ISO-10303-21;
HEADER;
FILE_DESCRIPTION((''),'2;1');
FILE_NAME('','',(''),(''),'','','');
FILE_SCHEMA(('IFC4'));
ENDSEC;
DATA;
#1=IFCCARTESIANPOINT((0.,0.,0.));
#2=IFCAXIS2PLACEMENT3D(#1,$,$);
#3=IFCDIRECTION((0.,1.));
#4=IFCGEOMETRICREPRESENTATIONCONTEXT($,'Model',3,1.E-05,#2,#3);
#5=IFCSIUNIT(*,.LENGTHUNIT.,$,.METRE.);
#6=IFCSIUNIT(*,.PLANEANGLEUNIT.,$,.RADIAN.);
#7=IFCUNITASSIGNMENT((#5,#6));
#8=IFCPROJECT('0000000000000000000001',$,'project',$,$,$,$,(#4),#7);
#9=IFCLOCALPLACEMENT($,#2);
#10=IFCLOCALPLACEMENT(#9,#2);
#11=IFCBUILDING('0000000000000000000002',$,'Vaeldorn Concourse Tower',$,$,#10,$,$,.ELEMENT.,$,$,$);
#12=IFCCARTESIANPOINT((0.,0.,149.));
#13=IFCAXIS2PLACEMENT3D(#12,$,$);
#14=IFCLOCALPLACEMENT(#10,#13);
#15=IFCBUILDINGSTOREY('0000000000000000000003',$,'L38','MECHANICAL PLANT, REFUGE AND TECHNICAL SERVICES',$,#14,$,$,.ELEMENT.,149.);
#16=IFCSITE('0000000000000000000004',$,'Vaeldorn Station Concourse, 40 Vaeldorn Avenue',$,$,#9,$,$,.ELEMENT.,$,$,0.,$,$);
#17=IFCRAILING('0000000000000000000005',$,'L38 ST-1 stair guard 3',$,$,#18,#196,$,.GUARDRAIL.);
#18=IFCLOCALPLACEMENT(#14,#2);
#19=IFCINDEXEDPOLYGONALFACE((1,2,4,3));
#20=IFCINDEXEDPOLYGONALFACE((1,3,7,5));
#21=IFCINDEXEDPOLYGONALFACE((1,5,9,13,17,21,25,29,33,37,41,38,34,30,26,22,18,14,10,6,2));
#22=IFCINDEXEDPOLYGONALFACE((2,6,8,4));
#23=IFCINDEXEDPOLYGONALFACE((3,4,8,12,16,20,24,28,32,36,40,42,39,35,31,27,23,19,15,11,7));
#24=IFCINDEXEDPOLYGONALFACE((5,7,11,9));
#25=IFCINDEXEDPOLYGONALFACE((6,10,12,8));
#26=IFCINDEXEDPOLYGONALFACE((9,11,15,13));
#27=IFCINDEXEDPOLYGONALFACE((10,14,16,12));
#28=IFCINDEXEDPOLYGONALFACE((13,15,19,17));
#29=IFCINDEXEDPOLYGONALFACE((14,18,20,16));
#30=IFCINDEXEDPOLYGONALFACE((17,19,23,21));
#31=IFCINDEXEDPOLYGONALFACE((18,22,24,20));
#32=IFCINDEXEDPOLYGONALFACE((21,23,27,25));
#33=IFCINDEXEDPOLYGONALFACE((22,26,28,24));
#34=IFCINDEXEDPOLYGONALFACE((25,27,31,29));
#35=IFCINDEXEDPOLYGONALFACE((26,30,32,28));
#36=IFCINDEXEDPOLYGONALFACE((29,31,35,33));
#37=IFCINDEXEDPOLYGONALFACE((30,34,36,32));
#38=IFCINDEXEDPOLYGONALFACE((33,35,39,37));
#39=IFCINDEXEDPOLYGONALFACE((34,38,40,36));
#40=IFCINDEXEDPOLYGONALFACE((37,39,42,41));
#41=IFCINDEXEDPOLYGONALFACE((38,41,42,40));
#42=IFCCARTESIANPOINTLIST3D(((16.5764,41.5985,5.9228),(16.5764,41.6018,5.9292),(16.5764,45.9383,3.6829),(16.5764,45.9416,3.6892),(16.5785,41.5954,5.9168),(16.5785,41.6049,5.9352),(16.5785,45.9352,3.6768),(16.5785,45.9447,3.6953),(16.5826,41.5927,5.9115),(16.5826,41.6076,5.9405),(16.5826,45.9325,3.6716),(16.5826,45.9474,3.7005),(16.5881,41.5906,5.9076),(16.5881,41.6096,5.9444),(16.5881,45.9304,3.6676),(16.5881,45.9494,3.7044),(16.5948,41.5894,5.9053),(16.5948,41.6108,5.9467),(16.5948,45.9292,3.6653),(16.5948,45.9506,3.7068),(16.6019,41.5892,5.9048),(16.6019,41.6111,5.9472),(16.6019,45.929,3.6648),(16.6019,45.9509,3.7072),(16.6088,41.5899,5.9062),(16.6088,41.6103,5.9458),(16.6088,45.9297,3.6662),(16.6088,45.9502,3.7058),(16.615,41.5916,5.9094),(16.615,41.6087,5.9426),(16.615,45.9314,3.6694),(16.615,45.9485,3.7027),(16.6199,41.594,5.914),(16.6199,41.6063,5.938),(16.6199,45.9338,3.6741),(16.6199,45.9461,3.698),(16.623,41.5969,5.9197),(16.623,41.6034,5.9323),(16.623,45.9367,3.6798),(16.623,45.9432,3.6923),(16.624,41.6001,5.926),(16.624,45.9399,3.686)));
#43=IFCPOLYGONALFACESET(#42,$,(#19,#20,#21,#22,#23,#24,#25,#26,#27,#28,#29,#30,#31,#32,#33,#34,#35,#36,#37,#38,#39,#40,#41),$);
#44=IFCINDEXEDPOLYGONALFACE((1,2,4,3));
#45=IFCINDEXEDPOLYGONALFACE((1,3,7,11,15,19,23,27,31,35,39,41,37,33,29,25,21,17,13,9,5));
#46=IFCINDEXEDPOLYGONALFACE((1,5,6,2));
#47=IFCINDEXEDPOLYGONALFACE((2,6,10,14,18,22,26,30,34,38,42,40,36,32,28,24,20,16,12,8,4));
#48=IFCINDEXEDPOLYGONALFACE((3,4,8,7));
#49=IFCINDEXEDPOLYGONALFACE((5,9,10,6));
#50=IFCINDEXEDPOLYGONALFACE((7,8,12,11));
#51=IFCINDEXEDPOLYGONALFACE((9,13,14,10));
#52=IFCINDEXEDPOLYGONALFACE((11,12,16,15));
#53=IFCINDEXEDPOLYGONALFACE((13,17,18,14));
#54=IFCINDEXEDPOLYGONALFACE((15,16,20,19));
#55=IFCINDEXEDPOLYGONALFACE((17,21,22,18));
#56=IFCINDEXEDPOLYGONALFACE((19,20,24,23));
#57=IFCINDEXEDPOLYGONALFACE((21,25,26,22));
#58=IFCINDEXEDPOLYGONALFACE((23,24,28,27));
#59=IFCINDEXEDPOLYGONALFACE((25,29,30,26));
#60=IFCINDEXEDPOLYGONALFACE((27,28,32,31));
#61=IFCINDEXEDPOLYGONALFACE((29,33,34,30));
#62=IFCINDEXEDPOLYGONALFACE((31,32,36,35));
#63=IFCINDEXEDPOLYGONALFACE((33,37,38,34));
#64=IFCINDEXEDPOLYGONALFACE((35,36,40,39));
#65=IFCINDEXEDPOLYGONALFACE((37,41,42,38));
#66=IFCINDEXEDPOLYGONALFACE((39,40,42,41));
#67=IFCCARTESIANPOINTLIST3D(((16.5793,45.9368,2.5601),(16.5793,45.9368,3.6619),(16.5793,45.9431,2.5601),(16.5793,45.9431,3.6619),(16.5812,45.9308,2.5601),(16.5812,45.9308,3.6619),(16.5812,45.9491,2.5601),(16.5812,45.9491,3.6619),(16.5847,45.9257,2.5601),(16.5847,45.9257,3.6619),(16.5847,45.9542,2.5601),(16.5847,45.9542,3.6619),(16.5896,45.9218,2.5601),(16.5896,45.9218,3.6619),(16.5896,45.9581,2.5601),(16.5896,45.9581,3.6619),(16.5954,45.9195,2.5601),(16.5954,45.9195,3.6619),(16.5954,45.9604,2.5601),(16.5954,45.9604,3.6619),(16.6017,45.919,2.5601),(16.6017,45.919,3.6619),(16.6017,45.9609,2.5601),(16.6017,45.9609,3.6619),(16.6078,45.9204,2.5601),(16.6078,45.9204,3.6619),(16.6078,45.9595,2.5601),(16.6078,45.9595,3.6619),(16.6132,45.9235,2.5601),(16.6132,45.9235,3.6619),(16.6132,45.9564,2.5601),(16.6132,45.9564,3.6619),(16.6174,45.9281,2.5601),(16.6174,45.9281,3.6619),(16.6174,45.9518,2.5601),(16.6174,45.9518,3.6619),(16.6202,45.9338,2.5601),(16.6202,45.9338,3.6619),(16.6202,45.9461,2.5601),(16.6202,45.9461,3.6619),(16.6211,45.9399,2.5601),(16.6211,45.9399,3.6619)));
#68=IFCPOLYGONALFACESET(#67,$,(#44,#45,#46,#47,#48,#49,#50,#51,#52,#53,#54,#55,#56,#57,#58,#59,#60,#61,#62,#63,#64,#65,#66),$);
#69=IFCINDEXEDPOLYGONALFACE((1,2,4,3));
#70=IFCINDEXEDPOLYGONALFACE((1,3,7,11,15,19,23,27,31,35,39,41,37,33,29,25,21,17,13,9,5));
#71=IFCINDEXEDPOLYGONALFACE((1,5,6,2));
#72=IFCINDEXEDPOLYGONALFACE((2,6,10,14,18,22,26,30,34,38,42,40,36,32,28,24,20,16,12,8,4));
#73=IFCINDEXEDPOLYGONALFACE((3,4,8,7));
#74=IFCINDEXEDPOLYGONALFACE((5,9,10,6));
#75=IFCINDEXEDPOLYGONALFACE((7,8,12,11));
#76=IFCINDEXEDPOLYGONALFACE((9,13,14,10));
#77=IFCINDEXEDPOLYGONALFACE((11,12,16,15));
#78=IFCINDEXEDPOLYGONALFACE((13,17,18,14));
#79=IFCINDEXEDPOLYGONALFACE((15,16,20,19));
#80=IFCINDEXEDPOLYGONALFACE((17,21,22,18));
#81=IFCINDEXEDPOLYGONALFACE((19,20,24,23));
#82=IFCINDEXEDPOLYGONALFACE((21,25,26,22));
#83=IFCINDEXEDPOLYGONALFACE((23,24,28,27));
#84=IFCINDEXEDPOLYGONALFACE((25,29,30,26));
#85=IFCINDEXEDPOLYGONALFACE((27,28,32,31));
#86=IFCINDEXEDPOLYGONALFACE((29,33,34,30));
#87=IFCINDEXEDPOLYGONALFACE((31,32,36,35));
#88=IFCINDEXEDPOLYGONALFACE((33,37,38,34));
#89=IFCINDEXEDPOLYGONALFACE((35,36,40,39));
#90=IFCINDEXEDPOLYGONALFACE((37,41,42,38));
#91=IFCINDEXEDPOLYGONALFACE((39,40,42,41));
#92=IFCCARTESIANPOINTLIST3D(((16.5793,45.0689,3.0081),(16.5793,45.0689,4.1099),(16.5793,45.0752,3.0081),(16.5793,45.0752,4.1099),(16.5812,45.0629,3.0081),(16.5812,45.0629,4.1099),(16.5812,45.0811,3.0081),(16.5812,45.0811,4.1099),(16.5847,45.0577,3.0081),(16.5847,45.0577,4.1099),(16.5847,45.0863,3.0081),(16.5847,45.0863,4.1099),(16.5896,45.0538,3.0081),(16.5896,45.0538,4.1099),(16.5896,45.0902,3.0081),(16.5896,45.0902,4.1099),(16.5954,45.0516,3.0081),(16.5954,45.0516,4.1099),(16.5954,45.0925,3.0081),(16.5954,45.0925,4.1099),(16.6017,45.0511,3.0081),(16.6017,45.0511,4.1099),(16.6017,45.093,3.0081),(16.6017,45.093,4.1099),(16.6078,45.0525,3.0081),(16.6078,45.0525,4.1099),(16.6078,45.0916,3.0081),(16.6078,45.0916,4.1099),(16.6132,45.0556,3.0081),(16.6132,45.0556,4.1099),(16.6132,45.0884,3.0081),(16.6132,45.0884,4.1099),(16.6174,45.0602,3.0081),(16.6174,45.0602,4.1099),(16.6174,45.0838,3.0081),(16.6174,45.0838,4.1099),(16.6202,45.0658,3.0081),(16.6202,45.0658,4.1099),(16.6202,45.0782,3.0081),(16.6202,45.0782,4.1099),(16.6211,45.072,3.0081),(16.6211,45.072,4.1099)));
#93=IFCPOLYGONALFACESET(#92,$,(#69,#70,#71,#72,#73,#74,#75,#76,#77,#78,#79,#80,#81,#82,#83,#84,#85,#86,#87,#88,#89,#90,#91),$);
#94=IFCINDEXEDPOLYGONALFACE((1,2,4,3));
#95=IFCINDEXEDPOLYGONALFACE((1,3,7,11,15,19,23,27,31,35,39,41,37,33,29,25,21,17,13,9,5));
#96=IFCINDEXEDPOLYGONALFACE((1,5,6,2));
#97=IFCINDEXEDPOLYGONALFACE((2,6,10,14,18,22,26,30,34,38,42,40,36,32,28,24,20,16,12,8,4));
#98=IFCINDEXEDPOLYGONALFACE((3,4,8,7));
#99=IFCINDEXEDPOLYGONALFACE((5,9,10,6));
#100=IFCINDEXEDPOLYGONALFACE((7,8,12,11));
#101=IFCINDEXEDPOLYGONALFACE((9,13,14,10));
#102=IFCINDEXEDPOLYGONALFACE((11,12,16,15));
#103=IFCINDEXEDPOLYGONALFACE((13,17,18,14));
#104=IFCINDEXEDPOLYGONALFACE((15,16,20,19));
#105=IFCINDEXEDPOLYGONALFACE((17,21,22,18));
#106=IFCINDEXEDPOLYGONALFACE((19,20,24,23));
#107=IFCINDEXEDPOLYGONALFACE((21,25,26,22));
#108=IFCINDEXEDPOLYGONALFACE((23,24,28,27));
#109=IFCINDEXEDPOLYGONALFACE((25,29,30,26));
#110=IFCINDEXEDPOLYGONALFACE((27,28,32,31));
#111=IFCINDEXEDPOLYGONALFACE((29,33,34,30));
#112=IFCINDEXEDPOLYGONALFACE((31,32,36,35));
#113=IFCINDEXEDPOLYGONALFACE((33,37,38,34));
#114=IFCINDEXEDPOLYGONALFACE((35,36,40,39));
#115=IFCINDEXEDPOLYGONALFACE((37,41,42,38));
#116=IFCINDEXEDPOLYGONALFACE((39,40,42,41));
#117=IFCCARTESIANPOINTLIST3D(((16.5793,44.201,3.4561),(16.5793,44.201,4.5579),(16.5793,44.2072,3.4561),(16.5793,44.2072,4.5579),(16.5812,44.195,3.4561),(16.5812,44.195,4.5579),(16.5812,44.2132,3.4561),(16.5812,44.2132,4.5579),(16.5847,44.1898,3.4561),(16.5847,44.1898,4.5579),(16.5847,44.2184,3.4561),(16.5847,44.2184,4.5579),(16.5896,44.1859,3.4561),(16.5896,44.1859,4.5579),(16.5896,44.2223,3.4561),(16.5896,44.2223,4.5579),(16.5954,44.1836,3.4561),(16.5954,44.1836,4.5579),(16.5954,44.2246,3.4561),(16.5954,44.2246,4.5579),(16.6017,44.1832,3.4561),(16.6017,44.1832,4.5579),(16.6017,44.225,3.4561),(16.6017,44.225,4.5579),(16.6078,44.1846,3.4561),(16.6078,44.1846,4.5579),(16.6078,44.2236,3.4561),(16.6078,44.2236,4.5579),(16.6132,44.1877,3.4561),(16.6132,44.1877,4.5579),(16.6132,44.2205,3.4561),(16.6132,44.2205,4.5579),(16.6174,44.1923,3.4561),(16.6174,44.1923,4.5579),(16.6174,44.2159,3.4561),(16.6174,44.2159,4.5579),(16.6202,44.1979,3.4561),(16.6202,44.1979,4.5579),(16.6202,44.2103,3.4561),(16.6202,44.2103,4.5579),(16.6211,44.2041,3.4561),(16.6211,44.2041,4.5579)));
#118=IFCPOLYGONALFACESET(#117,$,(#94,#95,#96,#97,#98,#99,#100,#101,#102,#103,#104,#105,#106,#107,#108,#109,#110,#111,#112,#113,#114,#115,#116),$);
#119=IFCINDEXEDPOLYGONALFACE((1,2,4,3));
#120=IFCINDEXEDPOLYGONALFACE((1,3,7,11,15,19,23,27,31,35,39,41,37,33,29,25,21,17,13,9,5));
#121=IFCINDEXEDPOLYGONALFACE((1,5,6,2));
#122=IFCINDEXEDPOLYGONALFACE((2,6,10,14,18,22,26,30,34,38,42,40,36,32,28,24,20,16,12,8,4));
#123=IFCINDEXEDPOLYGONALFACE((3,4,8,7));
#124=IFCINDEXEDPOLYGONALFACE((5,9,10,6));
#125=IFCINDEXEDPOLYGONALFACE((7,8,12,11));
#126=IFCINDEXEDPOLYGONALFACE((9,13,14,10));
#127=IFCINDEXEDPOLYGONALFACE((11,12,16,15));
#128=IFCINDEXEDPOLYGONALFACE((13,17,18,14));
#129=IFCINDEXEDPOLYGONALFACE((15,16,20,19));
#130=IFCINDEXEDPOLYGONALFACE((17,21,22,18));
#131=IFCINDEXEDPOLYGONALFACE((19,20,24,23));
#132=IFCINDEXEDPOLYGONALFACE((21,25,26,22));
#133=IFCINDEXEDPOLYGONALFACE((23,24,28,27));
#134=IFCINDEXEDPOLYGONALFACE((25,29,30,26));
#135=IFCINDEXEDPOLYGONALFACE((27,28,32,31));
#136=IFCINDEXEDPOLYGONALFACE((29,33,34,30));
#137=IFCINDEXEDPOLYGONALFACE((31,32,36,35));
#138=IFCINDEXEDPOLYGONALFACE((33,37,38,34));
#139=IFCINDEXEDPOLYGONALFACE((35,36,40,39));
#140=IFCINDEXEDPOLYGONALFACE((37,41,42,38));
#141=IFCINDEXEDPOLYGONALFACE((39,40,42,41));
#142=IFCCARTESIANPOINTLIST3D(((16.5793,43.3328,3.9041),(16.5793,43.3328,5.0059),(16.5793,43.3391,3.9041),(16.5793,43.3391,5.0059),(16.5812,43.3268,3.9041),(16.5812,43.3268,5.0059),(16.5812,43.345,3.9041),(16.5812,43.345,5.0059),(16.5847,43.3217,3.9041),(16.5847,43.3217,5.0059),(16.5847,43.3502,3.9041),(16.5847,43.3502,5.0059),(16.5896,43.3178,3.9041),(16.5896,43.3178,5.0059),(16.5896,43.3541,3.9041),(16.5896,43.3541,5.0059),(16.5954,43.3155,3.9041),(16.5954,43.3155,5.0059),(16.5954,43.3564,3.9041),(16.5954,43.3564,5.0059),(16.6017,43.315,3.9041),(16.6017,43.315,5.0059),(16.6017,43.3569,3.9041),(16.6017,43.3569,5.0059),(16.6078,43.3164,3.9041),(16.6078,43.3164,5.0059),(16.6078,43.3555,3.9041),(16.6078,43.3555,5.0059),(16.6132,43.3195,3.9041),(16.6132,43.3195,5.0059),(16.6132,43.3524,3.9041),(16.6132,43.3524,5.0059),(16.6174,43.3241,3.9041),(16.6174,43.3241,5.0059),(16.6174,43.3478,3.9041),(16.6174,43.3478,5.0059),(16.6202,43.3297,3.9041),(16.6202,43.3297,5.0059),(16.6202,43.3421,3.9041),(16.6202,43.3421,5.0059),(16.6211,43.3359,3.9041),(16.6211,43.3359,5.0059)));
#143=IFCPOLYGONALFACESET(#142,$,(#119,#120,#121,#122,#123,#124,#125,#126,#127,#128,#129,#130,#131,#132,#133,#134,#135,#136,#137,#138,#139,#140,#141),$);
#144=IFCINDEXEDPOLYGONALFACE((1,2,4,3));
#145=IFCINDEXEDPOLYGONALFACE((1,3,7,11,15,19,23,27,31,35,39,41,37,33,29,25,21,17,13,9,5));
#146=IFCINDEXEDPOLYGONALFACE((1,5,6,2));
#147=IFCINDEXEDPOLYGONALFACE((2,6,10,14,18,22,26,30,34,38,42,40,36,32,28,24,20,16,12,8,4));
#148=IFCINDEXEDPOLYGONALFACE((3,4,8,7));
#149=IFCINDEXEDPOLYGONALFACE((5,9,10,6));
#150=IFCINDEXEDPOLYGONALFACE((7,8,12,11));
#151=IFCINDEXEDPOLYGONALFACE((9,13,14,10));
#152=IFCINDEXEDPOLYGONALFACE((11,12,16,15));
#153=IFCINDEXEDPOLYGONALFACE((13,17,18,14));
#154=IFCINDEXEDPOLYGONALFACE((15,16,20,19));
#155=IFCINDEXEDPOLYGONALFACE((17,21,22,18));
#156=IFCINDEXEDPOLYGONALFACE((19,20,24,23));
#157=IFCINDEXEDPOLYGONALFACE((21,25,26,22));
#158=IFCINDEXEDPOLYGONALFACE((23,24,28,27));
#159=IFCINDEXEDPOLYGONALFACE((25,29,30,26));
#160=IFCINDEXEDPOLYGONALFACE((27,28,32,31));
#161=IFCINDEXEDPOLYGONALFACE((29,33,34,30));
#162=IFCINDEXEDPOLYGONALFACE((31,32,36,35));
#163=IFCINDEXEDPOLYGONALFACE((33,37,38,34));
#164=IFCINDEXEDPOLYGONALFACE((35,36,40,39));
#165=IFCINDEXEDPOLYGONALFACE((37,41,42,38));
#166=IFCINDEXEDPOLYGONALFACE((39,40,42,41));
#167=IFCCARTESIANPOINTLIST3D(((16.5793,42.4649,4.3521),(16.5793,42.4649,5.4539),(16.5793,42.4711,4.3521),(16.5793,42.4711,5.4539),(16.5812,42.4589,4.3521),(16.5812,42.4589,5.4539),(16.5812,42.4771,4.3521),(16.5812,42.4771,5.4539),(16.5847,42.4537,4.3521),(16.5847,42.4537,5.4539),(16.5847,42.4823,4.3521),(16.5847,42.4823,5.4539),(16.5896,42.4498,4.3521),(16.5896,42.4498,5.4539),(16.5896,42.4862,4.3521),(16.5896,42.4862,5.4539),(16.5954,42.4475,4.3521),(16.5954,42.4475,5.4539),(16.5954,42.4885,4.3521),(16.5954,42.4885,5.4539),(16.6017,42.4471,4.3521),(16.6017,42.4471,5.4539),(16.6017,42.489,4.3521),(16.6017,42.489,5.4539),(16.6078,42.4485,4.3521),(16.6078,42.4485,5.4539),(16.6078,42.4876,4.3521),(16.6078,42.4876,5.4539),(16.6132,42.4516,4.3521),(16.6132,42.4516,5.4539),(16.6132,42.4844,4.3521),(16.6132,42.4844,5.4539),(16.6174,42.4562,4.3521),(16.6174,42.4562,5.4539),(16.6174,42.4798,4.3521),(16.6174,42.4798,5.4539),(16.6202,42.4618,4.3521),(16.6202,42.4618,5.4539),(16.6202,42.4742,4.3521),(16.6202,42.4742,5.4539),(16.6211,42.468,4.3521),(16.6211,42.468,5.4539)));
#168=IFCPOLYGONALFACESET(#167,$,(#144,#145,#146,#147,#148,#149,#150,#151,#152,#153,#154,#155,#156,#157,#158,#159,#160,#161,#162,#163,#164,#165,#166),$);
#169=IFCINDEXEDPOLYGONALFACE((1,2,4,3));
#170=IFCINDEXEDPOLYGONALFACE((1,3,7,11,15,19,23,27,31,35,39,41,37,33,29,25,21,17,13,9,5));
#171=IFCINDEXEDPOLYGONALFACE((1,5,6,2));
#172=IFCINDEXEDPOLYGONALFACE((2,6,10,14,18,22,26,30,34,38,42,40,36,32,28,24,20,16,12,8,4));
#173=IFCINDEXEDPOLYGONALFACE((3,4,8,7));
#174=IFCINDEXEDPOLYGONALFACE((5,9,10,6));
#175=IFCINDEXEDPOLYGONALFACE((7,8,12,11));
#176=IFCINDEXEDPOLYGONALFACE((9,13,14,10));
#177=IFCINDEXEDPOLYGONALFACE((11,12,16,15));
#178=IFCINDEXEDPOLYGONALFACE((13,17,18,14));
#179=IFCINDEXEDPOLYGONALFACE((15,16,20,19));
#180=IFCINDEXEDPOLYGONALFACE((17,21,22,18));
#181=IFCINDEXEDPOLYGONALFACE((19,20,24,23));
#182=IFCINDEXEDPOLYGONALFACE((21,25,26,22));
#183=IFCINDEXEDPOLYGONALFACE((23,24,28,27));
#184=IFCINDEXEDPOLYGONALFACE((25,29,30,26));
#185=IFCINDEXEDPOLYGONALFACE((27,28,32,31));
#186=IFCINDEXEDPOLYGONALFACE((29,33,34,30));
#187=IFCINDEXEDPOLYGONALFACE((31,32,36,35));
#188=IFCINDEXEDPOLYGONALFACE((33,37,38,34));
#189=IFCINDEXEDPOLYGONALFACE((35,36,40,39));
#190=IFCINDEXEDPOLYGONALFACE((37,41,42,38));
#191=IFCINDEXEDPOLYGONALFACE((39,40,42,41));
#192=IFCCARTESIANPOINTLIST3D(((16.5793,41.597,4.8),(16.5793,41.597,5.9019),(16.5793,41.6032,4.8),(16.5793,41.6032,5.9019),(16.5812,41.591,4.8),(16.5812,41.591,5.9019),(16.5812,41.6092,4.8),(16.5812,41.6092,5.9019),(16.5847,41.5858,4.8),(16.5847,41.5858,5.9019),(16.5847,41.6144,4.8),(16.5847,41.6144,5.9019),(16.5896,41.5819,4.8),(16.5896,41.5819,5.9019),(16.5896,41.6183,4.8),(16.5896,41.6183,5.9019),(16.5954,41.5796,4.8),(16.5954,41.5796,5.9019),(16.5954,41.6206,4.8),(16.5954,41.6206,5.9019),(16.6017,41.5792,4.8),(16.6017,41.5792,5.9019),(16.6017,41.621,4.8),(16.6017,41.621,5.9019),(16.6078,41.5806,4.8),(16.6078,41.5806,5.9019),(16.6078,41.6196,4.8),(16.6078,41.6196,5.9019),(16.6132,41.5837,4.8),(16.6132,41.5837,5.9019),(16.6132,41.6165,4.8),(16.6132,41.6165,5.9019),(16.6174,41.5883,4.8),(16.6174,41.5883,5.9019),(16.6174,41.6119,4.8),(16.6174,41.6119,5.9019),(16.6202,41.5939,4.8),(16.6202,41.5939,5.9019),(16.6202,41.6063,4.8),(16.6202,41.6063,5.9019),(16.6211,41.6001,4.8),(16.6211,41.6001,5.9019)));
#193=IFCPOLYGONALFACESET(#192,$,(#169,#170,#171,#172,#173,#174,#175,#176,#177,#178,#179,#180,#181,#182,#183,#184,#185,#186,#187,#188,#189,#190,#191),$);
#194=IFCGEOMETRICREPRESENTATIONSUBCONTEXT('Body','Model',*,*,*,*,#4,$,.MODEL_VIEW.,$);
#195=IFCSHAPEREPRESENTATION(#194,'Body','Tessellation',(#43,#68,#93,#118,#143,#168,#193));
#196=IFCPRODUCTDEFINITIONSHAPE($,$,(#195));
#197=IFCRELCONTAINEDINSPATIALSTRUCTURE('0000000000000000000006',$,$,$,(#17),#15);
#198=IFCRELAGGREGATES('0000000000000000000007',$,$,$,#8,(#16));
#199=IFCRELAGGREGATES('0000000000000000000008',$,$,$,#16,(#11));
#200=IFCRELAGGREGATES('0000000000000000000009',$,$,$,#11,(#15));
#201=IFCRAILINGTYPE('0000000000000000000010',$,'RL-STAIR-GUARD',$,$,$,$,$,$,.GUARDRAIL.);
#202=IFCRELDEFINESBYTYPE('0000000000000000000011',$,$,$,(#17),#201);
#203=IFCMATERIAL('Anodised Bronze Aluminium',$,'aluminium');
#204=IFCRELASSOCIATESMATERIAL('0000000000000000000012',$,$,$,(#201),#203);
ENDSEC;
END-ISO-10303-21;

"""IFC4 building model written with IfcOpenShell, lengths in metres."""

from ifc_helpers import new_model, si_unit, direction, frame, origin, origin_2d, place, context, subcontext, project, spatial, circle, extrude, material, type_object, element, save


model = new_model("IFC4")

# Units and contexts
model_context = context("Model", 3, precision=1e-05, world=origin(), true_north=direction((0.0, 1.0)))
body_context = subcontext(model_context, "Body", "Model", "MODEL_VIEW")
ifc_project = project(units=[si_unit("LENGTHUNIT", "METRE"), si_unit("PLANEANGLEUNIT", "RADIAN")], contexts=[model_context])

# Site, building, storey
site_placement = place(None, origin())
site = spatial("IfcSite", under=ifc_project, at=site_placement, Name="Vaeldorn Station Concourse, 40 Vaeldorn Avenue", CompositionType="ELEMENT", RefElevation=0.0)
building_placement = place(site_placement, origin())
building = spatial("IfcBuilding", under=site, at=building_placement, Name="Vaeldorn Concourse Tower", CompositionType="ELEMENT")
storey_placement = place(building_placement, frame((0.0, 0.0, 149.0)))
storey = spatial("IfcBuildingStorey", under=building, at=storey_placement, Name="L38", Description="MECHANICAL PLANT, REFUGE AND TECHNICAL SERVICES", CompositionType="ELEMENT", Elevation=149.0)

# Railing
ifc_material_1 = material(Name="Anodised Bronze Aluminium", Category="aluminium")
railing_type_1 = type_object("IfcRailingType", Name="RL-STAIR-GUARD", PredefinedType="GUARDRAIL", material=ifc_material_1)
railing_1_placement = place(storey_placement, frame((16.6001, 45.9399, 2.5601)))
element("IfcRailing", 1, at=railing_1_placement, inside=storey, type_object=railing_type_1, Name="L38 ST-1 stair guard 3", PredefinedType="GUARDRAIL", context=body_context, shape_type="SweptSolid", body=[
    extrude(circle(Radius=0.0239, at=origin_2d()), frame((0.0, 0.0, 1.126), z_axis=(0.0, -0.888615, 0.458654), x_axis=(1.0, 0.0, 0.0)), (0.0, 0.0, 1.0), 4.8838),
    extrude(circle(Radius=0.021, at=origin_2d()), origin(), (0.0, 0.0, 1.0), 1.1018),
    extrude(circle(Radius=0.021, at=origin_2d()), frame((0.0, -0.8679, 0.448)), (0.0, 0.0, 1.0), 1.1018),
    extrude(circle(Radius=0.021, at=origin_2d()), frame((0.0, -1.7358, 0.896)), (0.0, 0.0, 1.0), 1.1018),
    extrude(circle(Radius=0.021, at=origin_2d()), frame((0.0, -2.604, 1.344)), (0.0, 0.0, 1.0), 1.1018),
    extrude(circle(Radius=0.021, at=origin_2d()), frame((0.0, -3.4719, 1.792)), (0.0, 0.0, 1.0), 1.1018),
    extrude(circle(Radius=0.021, at=origin_2d()), frame((0.0, -4.3398, 2.24)), (0.0, 0.0, 1.0), 1.1018),
])

save(model, "model.ifc")
